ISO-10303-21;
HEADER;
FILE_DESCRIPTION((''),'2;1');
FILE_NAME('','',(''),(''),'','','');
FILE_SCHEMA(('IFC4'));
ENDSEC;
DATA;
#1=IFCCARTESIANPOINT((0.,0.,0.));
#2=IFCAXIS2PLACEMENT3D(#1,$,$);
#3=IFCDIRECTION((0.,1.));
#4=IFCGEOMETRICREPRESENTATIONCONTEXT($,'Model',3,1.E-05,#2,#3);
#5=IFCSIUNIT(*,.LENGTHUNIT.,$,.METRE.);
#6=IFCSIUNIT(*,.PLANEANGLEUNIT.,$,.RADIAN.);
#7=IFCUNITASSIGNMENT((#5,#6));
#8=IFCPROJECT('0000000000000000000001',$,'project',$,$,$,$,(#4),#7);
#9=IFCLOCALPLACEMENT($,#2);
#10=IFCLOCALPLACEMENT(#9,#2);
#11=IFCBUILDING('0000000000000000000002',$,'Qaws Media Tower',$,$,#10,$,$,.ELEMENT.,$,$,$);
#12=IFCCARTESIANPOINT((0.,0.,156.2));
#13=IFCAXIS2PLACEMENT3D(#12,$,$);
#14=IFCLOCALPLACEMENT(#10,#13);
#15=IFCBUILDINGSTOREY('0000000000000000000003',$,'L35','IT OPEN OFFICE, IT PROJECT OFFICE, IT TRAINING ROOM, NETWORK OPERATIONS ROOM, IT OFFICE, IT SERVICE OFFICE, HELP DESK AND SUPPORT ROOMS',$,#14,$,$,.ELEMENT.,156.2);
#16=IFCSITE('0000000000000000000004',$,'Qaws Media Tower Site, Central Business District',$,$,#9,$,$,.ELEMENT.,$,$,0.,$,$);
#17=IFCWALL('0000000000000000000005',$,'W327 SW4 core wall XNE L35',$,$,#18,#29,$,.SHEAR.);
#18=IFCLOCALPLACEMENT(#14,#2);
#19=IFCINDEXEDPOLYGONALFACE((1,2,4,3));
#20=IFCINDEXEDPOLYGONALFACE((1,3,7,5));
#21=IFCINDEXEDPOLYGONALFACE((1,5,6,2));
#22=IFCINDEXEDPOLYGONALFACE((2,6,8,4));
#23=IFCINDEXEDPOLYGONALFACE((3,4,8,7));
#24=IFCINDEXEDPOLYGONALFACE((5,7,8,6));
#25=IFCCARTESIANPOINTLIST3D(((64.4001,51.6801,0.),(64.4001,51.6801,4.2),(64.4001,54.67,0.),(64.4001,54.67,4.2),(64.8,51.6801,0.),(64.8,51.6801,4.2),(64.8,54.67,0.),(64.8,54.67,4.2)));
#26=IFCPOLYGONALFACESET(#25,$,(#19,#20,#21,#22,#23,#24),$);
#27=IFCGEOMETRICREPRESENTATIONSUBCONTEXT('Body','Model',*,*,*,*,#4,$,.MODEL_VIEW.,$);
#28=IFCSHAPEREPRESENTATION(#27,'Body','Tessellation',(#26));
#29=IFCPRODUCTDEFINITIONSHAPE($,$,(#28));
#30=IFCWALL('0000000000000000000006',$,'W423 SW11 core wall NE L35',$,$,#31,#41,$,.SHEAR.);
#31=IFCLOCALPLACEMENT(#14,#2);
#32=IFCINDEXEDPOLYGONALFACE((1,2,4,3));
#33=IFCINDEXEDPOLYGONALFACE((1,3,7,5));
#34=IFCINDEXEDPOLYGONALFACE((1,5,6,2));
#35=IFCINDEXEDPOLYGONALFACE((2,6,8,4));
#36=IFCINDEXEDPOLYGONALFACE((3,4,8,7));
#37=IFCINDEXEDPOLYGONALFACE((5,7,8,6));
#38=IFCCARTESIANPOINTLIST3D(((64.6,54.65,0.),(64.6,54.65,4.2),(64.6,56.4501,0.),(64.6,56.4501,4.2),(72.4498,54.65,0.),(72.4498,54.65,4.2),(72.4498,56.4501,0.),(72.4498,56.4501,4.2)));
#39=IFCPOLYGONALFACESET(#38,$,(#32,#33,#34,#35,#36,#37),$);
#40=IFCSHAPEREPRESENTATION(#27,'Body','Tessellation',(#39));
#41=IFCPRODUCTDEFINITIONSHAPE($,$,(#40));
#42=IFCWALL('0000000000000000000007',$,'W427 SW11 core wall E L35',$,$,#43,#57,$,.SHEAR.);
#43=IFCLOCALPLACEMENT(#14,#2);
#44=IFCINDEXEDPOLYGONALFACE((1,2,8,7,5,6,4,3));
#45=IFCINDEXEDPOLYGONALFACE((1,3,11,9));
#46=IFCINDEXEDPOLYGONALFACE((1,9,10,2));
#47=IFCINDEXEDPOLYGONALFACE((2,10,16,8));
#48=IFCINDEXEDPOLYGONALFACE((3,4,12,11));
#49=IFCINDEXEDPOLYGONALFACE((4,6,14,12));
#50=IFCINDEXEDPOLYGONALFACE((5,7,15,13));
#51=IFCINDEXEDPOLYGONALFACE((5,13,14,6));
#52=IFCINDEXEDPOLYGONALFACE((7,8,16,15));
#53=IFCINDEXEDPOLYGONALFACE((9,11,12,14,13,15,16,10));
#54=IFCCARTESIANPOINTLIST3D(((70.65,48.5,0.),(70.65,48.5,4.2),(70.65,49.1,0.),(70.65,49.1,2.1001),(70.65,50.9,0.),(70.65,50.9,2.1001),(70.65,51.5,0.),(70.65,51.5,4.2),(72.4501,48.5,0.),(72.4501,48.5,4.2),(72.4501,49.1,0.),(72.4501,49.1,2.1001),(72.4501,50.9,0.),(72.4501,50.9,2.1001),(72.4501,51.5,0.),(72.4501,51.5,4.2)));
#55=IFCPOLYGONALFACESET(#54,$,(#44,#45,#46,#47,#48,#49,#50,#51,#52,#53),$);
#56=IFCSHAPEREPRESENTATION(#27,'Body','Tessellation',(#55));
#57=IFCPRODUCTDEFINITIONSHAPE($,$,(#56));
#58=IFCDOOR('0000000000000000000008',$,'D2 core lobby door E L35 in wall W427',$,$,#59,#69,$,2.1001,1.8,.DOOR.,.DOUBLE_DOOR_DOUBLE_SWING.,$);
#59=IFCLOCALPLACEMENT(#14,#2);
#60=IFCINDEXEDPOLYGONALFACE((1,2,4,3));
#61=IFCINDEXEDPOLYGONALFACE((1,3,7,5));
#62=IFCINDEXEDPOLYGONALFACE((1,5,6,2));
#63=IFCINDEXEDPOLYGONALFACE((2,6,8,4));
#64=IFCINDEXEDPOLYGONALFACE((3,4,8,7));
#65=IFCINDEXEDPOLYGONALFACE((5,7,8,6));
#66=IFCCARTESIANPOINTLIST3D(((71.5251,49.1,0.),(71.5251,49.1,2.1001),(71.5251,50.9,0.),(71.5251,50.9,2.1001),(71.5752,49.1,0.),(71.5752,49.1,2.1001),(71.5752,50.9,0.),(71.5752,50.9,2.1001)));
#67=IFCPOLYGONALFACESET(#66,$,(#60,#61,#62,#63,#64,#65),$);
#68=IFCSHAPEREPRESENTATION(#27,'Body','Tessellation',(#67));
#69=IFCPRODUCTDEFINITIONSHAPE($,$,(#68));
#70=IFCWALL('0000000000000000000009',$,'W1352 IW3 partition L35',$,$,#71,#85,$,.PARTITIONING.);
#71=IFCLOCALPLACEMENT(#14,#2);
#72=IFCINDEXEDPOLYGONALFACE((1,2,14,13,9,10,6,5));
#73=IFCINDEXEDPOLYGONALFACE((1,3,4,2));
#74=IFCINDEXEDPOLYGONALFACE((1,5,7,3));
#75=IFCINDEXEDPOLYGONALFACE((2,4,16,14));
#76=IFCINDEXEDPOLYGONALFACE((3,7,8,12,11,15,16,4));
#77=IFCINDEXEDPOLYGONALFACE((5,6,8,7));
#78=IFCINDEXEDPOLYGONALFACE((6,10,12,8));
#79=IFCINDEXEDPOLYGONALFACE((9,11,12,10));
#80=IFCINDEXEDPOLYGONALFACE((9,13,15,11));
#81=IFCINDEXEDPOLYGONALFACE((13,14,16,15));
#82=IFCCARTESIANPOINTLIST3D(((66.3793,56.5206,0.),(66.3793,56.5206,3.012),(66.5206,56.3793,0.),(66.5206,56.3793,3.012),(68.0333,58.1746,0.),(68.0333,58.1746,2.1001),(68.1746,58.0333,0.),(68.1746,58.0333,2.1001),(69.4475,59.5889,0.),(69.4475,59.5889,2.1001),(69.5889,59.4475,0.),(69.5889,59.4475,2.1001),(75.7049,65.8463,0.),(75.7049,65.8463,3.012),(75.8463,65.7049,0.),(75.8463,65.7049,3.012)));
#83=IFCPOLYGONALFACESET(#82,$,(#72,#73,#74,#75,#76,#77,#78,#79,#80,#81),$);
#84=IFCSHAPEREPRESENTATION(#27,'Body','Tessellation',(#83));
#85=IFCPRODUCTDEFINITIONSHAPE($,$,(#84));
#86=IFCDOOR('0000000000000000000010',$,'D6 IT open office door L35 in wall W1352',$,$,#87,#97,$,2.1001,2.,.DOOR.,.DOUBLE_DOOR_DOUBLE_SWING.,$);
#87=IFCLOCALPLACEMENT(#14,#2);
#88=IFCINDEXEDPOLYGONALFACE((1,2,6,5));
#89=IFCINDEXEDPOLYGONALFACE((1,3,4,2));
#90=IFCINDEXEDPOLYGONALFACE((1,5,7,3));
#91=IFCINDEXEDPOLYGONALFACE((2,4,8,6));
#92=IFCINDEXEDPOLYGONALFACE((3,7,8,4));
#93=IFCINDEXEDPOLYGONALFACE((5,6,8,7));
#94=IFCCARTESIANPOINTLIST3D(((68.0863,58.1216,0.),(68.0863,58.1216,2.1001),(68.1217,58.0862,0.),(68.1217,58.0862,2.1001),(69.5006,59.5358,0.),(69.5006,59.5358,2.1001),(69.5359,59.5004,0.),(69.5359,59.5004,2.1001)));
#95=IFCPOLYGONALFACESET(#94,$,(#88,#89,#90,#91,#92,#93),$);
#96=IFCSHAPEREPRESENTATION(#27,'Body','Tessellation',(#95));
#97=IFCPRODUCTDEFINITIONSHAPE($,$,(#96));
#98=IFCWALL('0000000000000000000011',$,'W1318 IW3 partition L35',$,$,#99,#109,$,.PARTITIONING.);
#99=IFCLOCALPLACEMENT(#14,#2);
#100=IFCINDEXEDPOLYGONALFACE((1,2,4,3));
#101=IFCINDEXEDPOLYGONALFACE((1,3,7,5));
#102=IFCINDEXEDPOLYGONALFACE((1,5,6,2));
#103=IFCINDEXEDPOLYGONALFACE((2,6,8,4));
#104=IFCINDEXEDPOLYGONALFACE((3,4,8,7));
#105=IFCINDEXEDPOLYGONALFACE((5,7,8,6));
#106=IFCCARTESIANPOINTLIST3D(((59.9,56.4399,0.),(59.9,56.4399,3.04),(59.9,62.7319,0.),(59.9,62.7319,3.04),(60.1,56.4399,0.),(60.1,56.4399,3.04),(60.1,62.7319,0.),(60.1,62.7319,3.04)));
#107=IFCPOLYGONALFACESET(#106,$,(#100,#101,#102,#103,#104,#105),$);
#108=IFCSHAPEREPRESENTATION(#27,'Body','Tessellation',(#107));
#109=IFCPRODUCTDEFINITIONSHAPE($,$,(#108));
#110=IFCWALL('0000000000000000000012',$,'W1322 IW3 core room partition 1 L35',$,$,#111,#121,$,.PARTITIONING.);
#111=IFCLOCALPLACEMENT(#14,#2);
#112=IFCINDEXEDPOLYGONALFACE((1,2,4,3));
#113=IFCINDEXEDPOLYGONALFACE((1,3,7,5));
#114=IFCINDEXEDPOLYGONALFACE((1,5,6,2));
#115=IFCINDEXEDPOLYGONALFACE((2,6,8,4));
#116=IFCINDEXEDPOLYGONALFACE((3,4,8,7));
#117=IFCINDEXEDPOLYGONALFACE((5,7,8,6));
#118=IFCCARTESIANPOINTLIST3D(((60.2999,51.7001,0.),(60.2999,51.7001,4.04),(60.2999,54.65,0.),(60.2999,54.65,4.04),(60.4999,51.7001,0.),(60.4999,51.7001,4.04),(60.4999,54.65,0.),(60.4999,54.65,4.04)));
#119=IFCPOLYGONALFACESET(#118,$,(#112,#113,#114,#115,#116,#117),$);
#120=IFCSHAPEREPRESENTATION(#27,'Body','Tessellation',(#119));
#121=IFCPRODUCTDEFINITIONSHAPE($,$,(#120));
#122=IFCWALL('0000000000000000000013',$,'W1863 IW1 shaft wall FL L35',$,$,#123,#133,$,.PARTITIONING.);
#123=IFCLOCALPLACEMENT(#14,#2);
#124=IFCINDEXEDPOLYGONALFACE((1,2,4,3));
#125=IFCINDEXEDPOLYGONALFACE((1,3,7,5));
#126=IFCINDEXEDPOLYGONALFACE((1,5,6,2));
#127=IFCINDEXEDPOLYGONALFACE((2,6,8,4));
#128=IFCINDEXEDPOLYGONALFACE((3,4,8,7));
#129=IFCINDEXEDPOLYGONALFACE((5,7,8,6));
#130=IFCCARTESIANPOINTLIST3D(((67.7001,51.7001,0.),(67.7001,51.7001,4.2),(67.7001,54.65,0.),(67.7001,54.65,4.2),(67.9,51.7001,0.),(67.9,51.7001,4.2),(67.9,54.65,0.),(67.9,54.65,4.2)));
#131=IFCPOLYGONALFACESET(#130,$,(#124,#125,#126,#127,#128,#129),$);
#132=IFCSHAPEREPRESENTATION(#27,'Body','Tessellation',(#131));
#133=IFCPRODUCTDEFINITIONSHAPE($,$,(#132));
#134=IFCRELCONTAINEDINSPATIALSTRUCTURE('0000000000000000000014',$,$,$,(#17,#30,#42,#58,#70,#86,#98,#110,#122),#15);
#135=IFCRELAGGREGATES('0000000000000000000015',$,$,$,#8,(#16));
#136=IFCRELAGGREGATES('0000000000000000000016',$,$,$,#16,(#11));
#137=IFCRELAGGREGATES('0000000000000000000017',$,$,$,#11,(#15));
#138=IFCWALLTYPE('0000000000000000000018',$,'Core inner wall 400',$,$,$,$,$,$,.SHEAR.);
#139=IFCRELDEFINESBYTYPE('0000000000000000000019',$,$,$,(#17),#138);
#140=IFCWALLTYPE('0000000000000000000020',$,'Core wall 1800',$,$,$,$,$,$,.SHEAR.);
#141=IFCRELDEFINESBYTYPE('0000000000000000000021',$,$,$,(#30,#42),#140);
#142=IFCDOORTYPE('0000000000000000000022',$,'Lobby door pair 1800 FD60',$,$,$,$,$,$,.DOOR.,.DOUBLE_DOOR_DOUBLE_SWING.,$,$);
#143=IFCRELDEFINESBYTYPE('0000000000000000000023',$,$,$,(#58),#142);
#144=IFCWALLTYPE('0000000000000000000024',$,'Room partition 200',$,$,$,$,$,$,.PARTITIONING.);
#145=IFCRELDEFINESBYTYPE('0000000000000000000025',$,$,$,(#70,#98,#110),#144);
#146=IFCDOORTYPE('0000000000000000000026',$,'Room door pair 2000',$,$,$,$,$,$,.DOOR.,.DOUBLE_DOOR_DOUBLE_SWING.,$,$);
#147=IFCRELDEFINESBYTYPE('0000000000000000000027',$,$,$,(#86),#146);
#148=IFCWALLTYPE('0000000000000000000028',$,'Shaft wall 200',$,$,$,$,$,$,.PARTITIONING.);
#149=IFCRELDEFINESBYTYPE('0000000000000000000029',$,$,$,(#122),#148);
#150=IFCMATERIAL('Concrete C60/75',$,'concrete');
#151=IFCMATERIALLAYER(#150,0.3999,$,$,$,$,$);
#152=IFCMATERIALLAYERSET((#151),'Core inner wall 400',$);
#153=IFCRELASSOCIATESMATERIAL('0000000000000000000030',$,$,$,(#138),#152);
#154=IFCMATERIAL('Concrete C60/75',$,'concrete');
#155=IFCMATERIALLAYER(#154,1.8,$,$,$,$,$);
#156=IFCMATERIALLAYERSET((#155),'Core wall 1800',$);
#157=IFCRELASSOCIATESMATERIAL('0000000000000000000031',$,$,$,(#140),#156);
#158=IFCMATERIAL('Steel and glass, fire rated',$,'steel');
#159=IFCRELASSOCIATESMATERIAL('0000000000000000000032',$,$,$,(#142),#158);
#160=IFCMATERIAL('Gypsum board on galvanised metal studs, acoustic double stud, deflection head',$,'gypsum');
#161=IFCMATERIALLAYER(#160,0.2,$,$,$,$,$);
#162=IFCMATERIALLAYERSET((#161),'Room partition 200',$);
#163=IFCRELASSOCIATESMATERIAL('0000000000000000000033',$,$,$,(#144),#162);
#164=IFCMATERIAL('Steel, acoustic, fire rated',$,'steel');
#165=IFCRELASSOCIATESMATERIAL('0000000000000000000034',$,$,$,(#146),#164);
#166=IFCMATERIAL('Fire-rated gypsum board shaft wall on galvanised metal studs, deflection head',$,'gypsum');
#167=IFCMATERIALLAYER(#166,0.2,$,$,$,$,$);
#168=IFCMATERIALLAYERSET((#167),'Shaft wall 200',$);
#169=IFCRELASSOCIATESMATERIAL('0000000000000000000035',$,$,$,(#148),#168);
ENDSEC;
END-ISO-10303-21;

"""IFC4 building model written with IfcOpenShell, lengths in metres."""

from ifc_helpers import new_model, si_unit, direction, frame, frame_2d, origin, place, context, subcontext, project, spatial, rectangle, extrude, material, layer, layer_set, type_object, element, fill, save


model = new_model("IFC4")

# Units and contexts
model_context = context("Model", 3, precision=1e-05, world=origin(), true_north=direction((0.0, 1.0)))
body_context = subcontext(model_context, "Body", "Model", "MODEL_VIEW")
ifc_project = project(units=[si_unit("LENGTHUNIT", "METRE"), si_unit("PLANEANGLEUNIT", "RADIAN")], contexts=[model_context])

# Site, building, storey
site_placement = place(None, origin())
site = spatial("IfcSite", under=ifc_project, at=site_placement, Name="Qaws Media Tower Site, Central Business District", CompositionType="ELEMENT", RefElevation=0.0)
building_placement = place(site_placement, origin())
building = spatial("IfcBuilding", under=site, at=building_placement, Name="Qaws Media Tower", CompositionType="ELEMENT")
storey_placement = place(building_placement, frame((0.0, 0.0, 156.2)))
storey = spatial("IfcBuildingStorey", under=building, at=storey_placement, Name="L35", Description="IT OPEN OFFICE, IT PROJECT OFFICE, IT TRAINING ROOM, NETWORK OPERATIONS ROOM, IT OFFICE, IT SERVICE OFFICE, HELP DESK AND SUPPORT ROOMS", CompositionType="ELEMENT", Elevation=156.2)

# Shared definitions
ifc_material_1 = material(Name="Concrete C60/75", Category="concrete")
ifc_layer_1 = layer(ifc_material_1, 0.3999)
ifc_layer_set_1 = layer_set([ifc_layer_1], Name="Core inner wall 400")
wall_type_1 = type_object("IfcWallType", Name="Core inner wall 400", PredefinedType="SHEAR", material=ifc_layer_set_1)

# Walls
wall_1_placement = place(storey_placement, frame((64.6001, 51.6799, 0.0), z_axis=(0.0, 0.0, 1.0), x_axis=(0.0, 1.0, 0.0)))
element("IfcWall", 1, at=wall_1_placement, inside=storey, type_object=wall_type_1, Name="W327 SW4 core wall XNE L35", PredefinedType="SHEAR", context=body_context, shape_type="SweptSolid", body=[
    extrude(rectangle(XDim=2.99, YDim=0.3999, at=frame_2d((1.4951, 0.0))), origin(), (0.0, 0.0, 1.0), 4.2),
])
ifc_material_2 = material(Name="Concrete C60/75", Category="concrete")
ifc_layer_2 = layer(ifc_material_2, 1.8)
ifc_layer_set_2 = layer_set([ifc_layer_2], Name="Core wall 1800")
wall_type_2 = type_object("IfcWallType", Name="Core wall 1800", PredefinedType="SHEAR", material=ifc_layer_set_2)
wall_2_placement = place(storey_placement, frame((64.6001, 55.55, 0.0), z_axis=(0.0, 0.0, 1.0), x_axis=(1.0, 0.0, 0.0)))
element("IfcWall", 2, at=wall_2_placement, inside=storey, type_object=wall_type_2, Name="W423 SW11 core wall NE L35", PredefinedType="SHEAR", context=body_context, shape_type="SweptSolid", body=[
    extrude(rectangle(XDim=7.8499, YDim=1.8, at=frame_2d((3.9248, 0.0))), origin(), (0.0, 0.0, 1.0), 4.2),
])

# Walls, openings, doors
wall_3_placement = place(storey_placement, frame((71.55, 48.5, 0.0), z_axis=(0.0, 0.0, 1.0), x_axis=(0.0, 1.0, 0.0)))
wall_3 = element("IfcWall", 3, at=wall_3_placement, inside=storey, type_object=wall_type_2, Name="W427 SW11 core wall E L35", PredefinedType="SHEAR", context=body_context, shape_type="SweptSolid", body=[
    extrude(rectangle(XDim=3.0, YDim=1.8, at=frame_2d((1.5, 0.0))), origin(), (0.0, 0.0, 1.0), 4.2),
])
opening_1_placement = place(wall_3_placement, frame((0.6001, 0.0, 0.0)))
opening_1 = element("IfcOpeningElement", 4, at=opening_1_placement, cuts=wall_3, PredefinedType="OPENING", context=body_context, shape_type="SweptSolid", body=[
    extrude(rectangle(XDim=1.8, YDim=2.1001, at=frame_2d((0.8999, 1.05))), frame((0.0, 0.9099, 0.0), z_axis=(0.0, -1.0, 0.0), x_axis=(1.0, 0.0, 0.0)), (0.0, 0.0, 1.0), 1.8201),
])
ifc_material_3 = material(Name="Steel and glass, fire rated", Category="steel")
door_type_1 = type_object("IfcDoorType", Name="Lobby door pair 1800 FD60", OperationType="DOUBLE_DOOR_DOUBLE_SWING", PredefinedType="DOOR", material=ifc_material_3)
door_1_placement = place(opening_1_placement, origin())
door_1 = element("IfcDoor", 5, at=door_1_placement, inside=storey, type_object=door_type_1, Name="D2 core lobby door E L35 in wall W427", OperationType="DOUBLE_DOOR_DOUBLE_SWING", OverallHeight=2.1001, OverallWidth=1.8, PredefinedType="DOOR", context=body_context, shape_type="SweptSolid", body=[
    extrude(rectangle(XDim=1.8, YDim=2.1001, at=frame_2d((0.8999, 1.05))), frame((0.0, 0.0249, 0.0), z_axis=(0.0, -1.0, 0.0), x_axis=(1.0, 0.0, 0.0)), (0.0, 0.0, 1.0), 0.05),
])
fill(opening_1, door_1)
ifc_material_4 = material(Name="Gypsum board on galvanised metal studs, acoustic double stud, deflection head", Category="gypsum")
ifc_layer_3 = layer(ifc_material_4, 0.2)
ifc_layer_set_3 = layer_set([ifc_layer_3], Name="Room partition 200")
wall_type_3 = type_object("IfcWallType", Name="Room partition 200", PredefinedType="PARTITIONING", material=ifc_layer_set_3)
wall_4_placement = place(storey_placement, frame((66.45, 56.45, 0.0), z_axis=(0.0, 0.0, 1.0), x_axis=(0.707107, 0.707107, 0.0)))
wall_4 = element("IfcWall", 6, at=wall_4_placement, inside=storey, type_object=wall_type_3, Name="W1352 IW3 partition L35", PredefinedType="PARTITIONING", context=body_context, shape_type="SweptSolid", body=[
    extrude(rectangle(XDim=13.1885, YDim=0.2, at=frame_2d((6.5942, 0.0))), origin(), (0.0, 0.0, 1.0), 3.012),
])
opening_2_placement = place(wall_4_placement, frame((2.3391, 0.0, 0.0)))
opening_2 = element("IfcOpeningElement", 7, at=opening_2_placement, cuts=wall_4, PredefinedType="OPENING", context=body_context, shape_type="SweptSolid", body=[
    extrude(rectangle(XDim=2.0, YDim=2.1001, at=frame_2d((1.0, 1.05))), frame((0.0, 0.1099, 0.0), z_axis=(0.0, -1.0, 0.0), x_axis=(1.0, 0.0, 0.0)), (0.0, 0.0, 1.0), 0.22),
])
ifc_material_5 = material(Name="Steel, acoustic, fire rated", Category="steel")
door_type_2 = type_object("IfcDoorType", Name="Room door pair 2000", OperationType="DOUBLE_DOOR_DOUBLE_SWING", PredefinedType="DOOR", material=ifc_material_5)
door_2_placement = place(opening_2_placement, origin())
door_2 = element("IfcDoor", 8, at=door_2_placement, inside=storey, type_object=door_type_2, Name="D6 IT open office door L35 in wall W1352", OperationType="DOUBLE_DOOR_DOUBLE_SWING", OverallHeight=2.1001, OverallWidth=2.0, PredefinedType="DOOR", context=body_context, shape_type="SweptSolid", body=[
    extrude(rectangle(XDim=2.0, YDim=2.1001, at=frame_2d((1.0, 1.05))), frame((0.0, 0.0249, 0.0), z_axis=(0.0, -1.0, 0.0), x_axis=(1.0, 0.0, 0.0)), (0.0, 0.0, 1.0), 0.05),
])
fill(opening_2, door_2)

# Walls
wall_5_placement = place(storey_placement, frame((60.0, 56.4399, 0.0), z_axis=(0.0, 0.0, 1.0), x_axis=(0.0, 1.0, 0.0)))
element("IfcWall", 9, at=wall_5_placement, inside=storey, type_object=wall_type_3, Name="W1318 IW3 partition L35", PredefinedType="PARTITIONING", context=body_context, shape_type="SweptSolid", body=[
    extrude(rectangle(XDim=6.292, YDim=0.2, at=frame_2d((3.146, 0.0))), origin(), (0.0, 0.0, 1.0), 3.04),
])
wall_6_placement = place(storey_placement, frame((60.3999, 51.7, 0.0), z_axis=(0.0, 0.0, 1.0), x_axis=(0.0, 1.0, 0.0)))
element("IfcWall", 10, at=wall_6_placement, inside=storey, type_object=wall_type_3, Name="W1322 IW3 core room partition 1 L35", PredefinedType="PARTITIONING", context=body_context, shape_type="SweptSolid", body=[
    extrude(rectangle(XDim=2.95, YDim=0.2, at=frame_2d((1.4751, 0.0))), origin(), (0.0, 0.0, 1.0), 4.04),
])
ifc_material_6 = material(Name="Fire-rated gypsum board shaft wall on galvanised metal studs, deflection head", Category="gypsum")
ifc_layer_4 = layer(ifc_material_6, 0.2)
ifc_layer_set_4 = layer_set([ifc_layer_4], Name="Shaft wall 200")
wall_type_4 = type_object("IfcWallType", Name="Shaft wall 200", PredefinedType="PARTITIONING", material=ifc_layer_set_4)
wall_7_placement = place(storey_placement, frame((67.8, 51.7, 0.0), z_axis=(0.0, 0.0, 1.0), x_axis=(0.0, 1.0, 0.0)))
element("IfcWall", 11, at=wall_7_placement, inside=storey, type_object=wall_type_4, Name="W1863 IW1 shaft wall FL L35", PredefinedType="PARTITIONING", context=body_context, shape_type="SweptSolid", body=[
    extrude(rectangle(XDim=2.95, YDim=0.2, at=frame_2d((1.4751, 0.0))), origin(), (0.0, 0.0, 1.0), 4.2),
])

save(model, "model.ifc")
